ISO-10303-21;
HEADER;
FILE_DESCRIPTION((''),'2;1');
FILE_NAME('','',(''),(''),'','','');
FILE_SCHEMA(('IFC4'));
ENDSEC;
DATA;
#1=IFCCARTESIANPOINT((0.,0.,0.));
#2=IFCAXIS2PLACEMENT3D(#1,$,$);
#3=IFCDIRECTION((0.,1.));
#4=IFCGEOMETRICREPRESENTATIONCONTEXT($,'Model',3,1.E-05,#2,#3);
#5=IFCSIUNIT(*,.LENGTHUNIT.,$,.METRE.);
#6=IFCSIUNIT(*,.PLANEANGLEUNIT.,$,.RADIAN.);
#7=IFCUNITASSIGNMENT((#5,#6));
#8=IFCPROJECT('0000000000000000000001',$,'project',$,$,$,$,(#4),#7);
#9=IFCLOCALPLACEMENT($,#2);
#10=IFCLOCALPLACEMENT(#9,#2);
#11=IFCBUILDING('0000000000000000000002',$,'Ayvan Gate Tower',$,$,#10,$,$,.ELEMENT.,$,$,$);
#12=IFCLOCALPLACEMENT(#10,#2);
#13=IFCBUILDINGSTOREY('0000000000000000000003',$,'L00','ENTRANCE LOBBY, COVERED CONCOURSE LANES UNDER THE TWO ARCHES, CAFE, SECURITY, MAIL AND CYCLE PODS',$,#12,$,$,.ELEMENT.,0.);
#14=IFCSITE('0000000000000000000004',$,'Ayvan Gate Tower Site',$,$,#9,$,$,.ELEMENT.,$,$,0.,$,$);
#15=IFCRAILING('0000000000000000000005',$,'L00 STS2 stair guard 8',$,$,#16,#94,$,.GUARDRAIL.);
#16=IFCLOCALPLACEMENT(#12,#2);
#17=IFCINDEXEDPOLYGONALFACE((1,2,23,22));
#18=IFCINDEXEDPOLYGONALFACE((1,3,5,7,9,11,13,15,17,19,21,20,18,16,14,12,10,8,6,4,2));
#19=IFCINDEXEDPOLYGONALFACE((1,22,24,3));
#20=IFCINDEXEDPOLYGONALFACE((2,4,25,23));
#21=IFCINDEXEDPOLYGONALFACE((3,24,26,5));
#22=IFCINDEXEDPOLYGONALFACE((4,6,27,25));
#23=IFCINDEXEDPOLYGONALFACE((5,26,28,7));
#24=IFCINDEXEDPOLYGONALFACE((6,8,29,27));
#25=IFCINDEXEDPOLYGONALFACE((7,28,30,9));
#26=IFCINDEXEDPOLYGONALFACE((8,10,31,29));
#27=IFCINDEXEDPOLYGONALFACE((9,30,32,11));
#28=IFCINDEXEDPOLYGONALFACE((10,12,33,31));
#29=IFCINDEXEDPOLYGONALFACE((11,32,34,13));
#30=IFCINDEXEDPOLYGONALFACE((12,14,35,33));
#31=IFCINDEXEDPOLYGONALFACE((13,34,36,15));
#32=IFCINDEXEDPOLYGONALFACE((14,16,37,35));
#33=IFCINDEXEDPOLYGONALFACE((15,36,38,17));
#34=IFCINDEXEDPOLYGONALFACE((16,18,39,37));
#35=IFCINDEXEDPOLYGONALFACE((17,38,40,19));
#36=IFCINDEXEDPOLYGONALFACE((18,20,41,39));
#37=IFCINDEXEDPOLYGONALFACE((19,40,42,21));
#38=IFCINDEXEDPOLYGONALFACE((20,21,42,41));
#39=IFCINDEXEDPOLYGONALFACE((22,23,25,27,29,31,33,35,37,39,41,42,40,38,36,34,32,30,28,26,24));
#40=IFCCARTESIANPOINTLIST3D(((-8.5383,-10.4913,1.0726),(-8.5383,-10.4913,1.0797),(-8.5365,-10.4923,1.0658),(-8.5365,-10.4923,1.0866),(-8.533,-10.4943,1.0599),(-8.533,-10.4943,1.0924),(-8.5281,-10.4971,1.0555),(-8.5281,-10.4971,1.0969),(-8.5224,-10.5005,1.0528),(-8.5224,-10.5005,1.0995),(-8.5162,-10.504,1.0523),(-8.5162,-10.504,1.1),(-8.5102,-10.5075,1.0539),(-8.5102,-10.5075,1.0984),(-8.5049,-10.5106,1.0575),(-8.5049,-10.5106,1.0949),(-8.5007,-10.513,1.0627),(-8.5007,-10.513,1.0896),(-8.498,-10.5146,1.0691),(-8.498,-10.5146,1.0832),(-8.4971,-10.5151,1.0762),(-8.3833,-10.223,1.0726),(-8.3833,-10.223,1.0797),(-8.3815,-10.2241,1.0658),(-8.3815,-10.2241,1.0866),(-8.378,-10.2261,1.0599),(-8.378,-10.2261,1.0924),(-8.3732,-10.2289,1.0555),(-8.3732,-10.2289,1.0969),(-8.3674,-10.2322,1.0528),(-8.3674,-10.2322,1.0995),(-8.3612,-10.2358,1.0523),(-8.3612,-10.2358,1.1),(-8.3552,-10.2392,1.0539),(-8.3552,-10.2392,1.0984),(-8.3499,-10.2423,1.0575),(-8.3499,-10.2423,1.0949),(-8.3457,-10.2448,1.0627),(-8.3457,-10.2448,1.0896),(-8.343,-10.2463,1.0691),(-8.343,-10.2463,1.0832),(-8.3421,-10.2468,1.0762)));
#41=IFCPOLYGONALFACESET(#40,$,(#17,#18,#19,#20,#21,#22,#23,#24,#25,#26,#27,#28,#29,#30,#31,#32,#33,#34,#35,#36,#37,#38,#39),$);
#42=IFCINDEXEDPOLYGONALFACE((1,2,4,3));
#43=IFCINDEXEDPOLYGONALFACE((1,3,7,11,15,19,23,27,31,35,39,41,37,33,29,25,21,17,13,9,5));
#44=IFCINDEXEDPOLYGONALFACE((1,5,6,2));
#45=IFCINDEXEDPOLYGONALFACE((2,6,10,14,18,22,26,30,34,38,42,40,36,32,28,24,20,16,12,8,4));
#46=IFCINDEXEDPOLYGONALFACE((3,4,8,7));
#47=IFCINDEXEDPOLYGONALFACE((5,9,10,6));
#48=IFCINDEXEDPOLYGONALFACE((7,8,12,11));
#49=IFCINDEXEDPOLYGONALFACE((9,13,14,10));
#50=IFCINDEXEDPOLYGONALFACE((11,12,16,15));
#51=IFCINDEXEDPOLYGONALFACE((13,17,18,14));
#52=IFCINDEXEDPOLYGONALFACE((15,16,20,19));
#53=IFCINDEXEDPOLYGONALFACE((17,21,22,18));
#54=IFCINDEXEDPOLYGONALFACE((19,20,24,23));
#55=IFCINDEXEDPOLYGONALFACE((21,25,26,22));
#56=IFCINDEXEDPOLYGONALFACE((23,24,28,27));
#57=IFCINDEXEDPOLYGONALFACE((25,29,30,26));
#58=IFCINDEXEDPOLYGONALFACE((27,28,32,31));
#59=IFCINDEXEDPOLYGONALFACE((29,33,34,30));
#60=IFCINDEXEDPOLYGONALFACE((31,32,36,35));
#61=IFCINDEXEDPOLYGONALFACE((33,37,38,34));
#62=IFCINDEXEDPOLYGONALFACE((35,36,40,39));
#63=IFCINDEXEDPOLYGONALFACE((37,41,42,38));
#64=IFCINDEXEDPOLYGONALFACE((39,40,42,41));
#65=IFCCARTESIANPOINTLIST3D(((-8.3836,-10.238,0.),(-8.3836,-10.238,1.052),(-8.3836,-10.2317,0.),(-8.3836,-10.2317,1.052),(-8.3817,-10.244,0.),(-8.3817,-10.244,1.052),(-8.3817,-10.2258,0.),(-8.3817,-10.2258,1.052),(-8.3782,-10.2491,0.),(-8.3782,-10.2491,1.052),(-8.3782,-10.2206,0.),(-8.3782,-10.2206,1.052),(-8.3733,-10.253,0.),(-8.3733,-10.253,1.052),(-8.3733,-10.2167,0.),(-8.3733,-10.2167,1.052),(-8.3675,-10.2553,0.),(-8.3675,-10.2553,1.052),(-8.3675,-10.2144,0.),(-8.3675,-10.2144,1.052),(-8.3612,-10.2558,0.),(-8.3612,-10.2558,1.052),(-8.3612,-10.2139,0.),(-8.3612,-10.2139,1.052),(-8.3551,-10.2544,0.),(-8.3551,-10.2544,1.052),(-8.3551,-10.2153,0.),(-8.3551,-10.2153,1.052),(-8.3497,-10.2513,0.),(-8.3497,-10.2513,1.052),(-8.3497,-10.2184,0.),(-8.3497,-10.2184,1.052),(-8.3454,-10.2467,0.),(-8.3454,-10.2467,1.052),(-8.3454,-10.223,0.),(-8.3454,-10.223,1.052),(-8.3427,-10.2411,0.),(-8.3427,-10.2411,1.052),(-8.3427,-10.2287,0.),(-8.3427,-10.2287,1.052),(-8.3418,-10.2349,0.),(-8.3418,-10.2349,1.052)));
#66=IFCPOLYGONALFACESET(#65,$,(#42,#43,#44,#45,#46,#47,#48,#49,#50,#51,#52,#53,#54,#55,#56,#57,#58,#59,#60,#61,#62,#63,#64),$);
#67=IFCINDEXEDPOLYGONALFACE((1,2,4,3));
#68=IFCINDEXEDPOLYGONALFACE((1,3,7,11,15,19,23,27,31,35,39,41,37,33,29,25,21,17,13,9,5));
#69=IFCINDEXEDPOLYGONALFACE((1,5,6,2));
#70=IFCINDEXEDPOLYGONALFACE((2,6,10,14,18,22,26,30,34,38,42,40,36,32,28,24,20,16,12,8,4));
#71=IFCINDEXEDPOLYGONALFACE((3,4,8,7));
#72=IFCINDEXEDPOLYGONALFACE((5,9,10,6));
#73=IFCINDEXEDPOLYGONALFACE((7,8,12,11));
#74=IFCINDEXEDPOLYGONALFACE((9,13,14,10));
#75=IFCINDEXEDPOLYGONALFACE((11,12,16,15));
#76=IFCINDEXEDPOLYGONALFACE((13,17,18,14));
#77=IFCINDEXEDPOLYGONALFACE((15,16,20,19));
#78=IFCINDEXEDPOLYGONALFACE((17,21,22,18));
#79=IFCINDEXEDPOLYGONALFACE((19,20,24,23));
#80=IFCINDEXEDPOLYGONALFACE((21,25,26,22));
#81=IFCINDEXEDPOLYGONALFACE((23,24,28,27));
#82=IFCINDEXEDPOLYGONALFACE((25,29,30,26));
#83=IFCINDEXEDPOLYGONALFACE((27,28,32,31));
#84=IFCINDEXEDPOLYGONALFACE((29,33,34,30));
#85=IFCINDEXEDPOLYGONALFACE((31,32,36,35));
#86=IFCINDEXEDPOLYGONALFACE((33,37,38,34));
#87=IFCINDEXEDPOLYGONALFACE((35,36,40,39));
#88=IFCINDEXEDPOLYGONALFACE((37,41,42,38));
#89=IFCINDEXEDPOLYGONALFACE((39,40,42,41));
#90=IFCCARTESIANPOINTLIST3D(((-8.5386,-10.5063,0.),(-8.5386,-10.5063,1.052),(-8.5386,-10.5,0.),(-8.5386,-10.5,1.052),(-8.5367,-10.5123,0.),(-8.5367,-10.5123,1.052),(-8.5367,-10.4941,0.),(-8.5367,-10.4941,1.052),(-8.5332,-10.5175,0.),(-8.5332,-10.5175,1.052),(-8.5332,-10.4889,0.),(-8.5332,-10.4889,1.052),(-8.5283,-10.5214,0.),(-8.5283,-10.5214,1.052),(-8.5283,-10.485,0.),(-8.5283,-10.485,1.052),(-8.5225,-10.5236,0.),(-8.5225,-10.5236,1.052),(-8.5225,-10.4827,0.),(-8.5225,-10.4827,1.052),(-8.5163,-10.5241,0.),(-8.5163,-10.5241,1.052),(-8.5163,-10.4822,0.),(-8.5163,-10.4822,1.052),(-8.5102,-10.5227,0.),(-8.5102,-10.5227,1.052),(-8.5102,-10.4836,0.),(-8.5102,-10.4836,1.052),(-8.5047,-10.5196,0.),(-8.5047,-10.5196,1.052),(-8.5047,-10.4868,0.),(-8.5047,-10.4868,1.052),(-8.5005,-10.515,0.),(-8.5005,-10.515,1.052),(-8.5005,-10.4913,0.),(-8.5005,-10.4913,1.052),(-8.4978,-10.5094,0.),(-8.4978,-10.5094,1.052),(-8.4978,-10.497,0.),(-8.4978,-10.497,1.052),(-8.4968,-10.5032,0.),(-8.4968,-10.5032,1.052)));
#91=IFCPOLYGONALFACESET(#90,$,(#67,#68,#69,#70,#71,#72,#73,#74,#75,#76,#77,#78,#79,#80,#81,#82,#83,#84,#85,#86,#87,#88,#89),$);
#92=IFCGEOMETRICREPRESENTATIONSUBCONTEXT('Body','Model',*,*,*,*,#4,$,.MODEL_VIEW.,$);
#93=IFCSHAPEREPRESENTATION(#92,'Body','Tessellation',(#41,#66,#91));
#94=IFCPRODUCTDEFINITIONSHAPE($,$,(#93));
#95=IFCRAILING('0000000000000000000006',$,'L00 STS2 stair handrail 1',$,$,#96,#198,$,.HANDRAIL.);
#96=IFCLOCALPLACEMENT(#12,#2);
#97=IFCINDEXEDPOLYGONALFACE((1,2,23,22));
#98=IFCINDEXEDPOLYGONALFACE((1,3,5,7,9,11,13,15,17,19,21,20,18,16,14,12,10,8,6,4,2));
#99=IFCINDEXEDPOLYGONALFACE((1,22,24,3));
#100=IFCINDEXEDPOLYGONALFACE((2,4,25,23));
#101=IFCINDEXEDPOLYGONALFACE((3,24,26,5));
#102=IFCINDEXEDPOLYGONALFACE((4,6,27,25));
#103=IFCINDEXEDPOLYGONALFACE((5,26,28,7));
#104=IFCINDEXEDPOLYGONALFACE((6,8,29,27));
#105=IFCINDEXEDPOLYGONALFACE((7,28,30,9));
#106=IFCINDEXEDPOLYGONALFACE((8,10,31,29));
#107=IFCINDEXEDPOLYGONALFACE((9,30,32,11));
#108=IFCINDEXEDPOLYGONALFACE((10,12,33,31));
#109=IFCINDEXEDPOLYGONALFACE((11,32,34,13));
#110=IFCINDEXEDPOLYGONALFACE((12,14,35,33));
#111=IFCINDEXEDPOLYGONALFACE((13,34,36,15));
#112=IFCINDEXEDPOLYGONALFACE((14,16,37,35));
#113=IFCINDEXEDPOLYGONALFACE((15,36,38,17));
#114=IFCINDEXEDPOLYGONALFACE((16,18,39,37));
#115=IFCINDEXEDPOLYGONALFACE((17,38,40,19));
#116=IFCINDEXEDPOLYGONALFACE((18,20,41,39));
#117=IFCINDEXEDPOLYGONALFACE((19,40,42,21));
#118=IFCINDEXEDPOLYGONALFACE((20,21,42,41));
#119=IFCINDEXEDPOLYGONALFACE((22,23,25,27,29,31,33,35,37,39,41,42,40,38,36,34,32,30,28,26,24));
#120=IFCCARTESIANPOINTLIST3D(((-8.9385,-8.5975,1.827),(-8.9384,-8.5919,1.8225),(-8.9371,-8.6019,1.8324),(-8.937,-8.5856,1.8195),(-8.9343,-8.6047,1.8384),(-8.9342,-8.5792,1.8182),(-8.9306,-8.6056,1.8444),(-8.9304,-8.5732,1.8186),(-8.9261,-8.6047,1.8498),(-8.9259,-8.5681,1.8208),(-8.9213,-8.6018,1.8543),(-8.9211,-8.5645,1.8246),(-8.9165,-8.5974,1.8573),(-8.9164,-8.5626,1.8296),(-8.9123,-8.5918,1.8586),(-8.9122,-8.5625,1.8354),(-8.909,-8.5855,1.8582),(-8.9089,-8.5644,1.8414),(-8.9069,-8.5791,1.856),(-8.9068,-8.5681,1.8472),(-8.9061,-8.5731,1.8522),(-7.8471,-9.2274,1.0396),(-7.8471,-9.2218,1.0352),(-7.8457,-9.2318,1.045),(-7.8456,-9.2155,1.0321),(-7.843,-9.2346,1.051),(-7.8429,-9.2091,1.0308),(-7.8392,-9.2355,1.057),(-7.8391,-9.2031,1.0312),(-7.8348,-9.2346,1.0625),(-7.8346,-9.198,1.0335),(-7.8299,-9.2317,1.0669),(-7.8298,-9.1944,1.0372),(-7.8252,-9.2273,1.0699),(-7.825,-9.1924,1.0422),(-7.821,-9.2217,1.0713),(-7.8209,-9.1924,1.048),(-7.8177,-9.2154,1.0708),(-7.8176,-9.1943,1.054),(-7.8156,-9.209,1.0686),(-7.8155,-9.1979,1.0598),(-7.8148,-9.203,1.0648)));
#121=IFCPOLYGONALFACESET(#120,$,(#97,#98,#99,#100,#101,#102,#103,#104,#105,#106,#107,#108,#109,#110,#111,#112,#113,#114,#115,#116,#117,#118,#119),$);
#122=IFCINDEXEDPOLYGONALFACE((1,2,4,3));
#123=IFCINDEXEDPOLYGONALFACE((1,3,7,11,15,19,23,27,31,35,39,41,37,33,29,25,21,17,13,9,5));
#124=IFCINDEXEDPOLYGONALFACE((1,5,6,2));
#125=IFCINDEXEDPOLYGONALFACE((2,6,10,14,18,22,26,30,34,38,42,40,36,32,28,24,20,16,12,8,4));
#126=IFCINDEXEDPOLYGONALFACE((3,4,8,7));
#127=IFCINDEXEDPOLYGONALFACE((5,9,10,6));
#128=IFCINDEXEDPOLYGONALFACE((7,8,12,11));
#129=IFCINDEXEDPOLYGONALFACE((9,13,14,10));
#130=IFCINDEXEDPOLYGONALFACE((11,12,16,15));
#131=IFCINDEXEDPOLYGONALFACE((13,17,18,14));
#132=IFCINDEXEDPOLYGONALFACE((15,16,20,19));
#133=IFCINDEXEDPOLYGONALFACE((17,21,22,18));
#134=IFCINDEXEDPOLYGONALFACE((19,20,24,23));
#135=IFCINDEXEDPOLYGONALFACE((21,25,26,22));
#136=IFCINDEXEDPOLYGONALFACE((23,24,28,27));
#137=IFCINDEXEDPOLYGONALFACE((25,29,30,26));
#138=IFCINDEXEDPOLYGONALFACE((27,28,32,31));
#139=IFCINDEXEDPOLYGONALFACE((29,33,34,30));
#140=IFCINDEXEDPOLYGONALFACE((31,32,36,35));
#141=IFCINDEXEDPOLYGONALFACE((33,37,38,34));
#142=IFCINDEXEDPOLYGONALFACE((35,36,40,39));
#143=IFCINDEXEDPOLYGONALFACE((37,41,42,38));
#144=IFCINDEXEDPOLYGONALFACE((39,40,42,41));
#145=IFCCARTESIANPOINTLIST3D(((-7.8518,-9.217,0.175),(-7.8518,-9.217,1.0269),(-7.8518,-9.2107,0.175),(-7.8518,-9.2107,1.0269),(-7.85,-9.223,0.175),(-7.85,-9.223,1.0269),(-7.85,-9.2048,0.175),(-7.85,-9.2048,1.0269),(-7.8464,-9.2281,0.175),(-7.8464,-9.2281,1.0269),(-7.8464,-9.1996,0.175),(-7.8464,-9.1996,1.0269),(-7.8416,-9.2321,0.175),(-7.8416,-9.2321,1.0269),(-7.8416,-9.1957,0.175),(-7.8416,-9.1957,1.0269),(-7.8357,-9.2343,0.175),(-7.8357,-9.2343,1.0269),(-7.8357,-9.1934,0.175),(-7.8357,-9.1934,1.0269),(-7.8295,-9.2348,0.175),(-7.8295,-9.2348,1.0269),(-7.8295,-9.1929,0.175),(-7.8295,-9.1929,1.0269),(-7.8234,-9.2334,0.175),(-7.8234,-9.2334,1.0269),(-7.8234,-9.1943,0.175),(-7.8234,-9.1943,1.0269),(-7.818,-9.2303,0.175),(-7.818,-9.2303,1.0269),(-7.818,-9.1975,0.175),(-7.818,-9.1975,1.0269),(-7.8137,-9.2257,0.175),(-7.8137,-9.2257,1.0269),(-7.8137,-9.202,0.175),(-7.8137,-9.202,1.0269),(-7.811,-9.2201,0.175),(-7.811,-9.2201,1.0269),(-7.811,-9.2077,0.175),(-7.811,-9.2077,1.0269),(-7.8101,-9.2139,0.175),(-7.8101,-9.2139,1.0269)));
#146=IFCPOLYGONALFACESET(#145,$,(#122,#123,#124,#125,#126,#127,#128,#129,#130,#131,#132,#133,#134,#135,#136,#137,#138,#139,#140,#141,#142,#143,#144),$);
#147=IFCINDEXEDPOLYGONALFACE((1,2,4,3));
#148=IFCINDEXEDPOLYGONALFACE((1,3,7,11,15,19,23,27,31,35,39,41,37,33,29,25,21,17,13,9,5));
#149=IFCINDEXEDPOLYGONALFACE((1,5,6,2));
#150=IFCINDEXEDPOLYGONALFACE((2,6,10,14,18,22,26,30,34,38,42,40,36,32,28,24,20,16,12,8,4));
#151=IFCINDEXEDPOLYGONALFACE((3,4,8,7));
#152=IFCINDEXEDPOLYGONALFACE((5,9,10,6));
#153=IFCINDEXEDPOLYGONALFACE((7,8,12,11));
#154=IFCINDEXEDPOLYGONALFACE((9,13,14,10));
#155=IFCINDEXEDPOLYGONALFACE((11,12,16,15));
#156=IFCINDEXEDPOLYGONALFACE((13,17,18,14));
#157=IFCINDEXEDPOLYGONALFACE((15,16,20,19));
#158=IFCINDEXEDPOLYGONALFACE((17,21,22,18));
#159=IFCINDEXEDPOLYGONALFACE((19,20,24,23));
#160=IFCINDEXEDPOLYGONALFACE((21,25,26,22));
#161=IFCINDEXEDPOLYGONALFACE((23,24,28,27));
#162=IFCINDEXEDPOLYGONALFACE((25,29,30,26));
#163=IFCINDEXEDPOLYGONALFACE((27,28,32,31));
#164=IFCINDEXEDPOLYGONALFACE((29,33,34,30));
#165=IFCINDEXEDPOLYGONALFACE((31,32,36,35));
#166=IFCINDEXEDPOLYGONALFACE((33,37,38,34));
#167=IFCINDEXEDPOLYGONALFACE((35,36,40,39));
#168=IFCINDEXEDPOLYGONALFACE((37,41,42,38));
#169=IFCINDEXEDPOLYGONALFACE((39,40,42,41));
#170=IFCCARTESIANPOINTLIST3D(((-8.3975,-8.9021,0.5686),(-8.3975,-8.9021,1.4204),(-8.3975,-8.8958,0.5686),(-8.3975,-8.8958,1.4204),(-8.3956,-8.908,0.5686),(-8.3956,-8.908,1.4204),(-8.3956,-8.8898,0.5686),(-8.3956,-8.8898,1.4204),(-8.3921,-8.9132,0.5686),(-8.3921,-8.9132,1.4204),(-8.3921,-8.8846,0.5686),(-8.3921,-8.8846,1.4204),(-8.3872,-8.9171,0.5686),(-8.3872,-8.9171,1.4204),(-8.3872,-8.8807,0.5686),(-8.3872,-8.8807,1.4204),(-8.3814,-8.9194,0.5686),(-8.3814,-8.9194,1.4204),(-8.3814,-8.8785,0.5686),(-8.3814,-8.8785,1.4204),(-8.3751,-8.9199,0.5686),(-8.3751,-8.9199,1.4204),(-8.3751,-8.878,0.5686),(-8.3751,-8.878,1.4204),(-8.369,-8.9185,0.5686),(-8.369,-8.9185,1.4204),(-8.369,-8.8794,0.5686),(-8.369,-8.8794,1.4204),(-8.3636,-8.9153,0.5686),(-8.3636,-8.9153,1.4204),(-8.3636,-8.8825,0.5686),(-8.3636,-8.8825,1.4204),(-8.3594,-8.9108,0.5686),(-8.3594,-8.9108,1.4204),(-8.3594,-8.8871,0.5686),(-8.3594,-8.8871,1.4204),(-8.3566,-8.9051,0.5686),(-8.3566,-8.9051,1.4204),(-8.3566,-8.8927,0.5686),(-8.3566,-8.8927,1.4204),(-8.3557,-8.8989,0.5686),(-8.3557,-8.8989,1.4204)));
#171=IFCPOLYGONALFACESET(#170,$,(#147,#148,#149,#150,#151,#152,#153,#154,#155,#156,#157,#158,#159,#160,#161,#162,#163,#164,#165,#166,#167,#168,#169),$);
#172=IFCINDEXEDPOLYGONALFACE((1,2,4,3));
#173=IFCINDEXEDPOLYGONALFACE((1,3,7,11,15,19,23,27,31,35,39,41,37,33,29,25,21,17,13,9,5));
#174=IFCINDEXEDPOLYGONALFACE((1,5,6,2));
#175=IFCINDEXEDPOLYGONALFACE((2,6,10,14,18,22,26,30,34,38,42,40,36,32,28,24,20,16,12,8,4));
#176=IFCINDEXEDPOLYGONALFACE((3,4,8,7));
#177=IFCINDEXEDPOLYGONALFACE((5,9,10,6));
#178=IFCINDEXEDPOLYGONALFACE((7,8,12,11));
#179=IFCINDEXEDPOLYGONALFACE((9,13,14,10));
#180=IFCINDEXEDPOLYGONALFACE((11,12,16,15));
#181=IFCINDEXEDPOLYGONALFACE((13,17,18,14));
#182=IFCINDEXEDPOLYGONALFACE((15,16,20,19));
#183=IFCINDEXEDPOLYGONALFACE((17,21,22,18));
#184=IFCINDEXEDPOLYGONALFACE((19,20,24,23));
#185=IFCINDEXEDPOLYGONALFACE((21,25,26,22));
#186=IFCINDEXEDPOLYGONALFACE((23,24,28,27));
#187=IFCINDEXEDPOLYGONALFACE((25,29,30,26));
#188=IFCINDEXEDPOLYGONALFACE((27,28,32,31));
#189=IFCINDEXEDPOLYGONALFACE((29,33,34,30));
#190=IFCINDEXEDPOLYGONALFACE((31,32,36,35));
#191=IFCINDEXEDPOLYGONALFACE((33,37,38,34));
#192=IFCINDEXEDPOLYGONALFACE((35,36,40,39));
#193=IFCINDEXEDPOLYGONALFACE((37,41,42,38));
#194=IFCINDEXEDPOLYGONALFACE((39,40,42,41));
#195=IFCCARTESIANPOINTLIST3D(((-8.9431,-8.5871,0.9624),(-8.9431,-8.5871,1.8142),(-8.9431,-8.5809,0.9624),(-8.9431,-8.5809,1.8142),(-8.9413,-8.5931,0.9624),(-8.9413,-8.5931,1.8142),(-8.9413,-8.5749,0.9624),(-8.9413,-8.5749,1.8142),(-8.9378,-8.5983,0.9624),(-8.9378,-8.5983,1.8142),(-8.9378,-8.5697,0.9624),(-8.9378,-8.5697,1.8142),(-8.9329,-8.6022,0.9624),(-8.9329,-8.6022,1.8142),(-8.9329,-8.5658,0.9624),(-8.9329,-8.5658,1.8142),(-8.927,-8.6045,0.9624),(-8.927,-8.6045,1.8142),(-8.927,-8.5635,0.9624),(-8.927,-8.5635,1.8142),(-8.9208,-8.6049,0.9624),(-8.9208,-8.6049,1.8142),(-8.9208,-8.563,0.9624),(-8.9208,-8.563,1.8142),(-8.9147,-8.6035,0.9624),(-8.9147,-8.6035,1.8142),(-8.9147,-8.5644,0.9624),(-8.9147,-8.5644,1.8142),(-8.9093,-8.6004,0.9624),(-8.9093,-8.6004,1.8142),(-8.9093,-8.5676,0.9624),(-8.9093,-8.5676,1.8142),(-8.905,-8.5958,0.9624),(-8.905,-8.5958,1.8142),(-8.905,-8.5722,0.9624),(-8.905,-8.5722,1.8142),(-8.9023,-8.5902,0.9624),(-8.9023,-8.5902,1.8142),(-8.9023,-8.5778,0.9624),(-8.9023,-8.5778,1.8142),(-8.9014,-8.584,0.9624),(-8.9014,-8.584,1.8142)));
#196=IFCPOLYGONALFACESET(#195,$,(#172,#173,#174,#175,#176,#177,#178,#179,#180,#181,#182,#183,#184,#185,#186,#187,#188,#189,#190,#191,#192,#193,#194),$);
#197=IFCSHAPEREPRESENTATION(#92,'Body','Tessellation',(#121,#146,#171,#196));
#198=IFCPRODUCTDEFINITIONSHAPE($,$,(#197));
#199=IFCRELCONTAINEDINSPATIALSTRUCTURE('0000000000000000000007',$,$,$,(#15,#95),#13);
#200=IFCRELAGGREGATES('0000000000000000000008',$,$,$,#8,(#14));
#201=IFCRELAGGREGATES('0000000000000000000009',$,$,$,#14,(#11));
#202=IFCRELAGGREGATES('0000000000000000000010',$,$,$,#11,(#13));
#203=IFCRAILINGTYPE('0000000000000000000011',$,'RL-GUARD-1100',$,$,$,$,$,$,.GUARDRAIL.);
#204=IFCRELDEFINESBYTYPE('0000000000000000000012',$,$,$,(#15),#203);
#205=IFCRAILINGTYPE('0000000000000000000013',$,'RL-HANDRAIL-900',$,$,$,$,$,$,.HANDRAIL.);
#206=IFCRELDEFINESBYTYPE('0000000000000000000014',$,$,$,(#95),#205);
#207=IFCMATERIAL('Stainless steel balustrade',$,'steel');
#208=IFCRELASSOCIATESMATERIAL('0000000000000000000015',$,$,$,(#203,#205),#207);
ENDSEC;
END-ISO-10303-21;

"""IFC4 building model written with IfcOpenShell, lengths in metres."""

from ifc_helpers import new_model, si_unit, direction, frame, origin, origin_2d, place, context, subcontext, project, spatial, circle, extrude, material, type_object, element, save


model = new_model("IFC4")

# Units and contexts
model_context = context("Model", 3, precision=1e-05, world=origin(), true_north=direction((0.0, 1.0)))
body_context = subcontext(model_context, "Body", "Model", "MODEL_VIEW")
ifc_project = project(units=[si_unit("LENGTHUNIT", "METRE"), si_unit("PLANEANGLEUNIT", "RADIAN")], contexts=[model_context])

# Site, building, storey
site_placement = place(None, origin())
site = spatial("IfcSite", under=ifc_project, at=site_placement, Name="Ayvan Gate Tower Site", CompositionType="ELEMENT", RefElevation=0.0)
building_placement = place(site_placement, origin())
building = spatial("IfcBuilding", under=site, at=building_placement, Name="Ayvan Gate Tower", CompositionType="ELEMENT")
storey_placement = place(building_placement, origin())
storey = spatial("IfcBuildingStorey", under=building, at=storey_placement, Name="L00", Description="ENTRANCE LOBBY, COVERED CONCOURSE LANES UNDER THE TWO ARCHES, CAFE, SECURITY, MAIL AND CYCLE PODS", CompositionType="ELEMENT", Elevation=0.0)

# Railings
ifc_material_1 = material(Name="Stainless steel balustrade", Category="steel")
railing_type_1 = type_object("IfcRailingType", Name="RL-GUARD-1100", PredefinedType="GUARDRAIL", material=ifc_material_1)
railing_1_placement = place(storey_placement, frame((-8.3628, -10.2349, 0.0)))
element("IfcRailing", 1, at=railing_1_placement, inside=storey, type_object=railing_type_1, Name="L00 STS2 stair guard 8", PredefinedType="GUARDRAIL", context=body_context, shape_type="SweptSolid", body=[
    extrude(circle(Radius=0.0239, at=origin_2d()), frame((0.0, 0.0, 1.0762), z_axis=(-0.500291, -0.865857, 0.0), x_axis=(0.865857, -0.500291, 0.0)), (0.0, 0.0, 1.0), 0.3098),
    extrude(circle(Radius=0.021, at=origin_2d()), origin(), (0.0, 0.0, 1.0), 1.052),
    extrude(circle(Radius=0.021, at=origin_2d()), frame((-0.155, -0.2683, 0.0)), (0.0, 0.0, 1.0), 1.052),
])
railing_type_2 = type_object("IfcRailingType", Name="RL-HANDRAIL-900", PredefinedType="HANDRAIL", material=ifc_material_1)
railing_2_placement = place(storey_placement, frame((-7.8311, -9.2139, 0.175)))
element("IfcRailing", 2, at=railing_2_placement, inside=storey, type_object=railing_type_2, Name="L00 STS2 stair handrail 1", PredefinedType="HANDRAIL", context=body_context, shape_type="SweptSolid", body=[
    extrude(circle(Radius=0.0239, at=origin_2d()), frame((0.0, 0.0, 0.876), z_axis=(-0.734487, 0.423932, 0.529915), x_axis=(-0.49989, -0.866089, 0.0)), (0.0, 0.0, 1.0), 1.4858),
    extrude(circle(Radius=0.021, at=origin_2d()), origin(), (0.0, 0.0, 1.0), 0.8518),
    extrude(circle(Radius=0.021, at=origin_2d()), frame((-0.5457, 0.3149, 0.3936)), (0.0, 0.0, 1.0), 0.8518),
    extrude(circle(Radius=0.021, at=origin_2d()), frame((-1.0913, 0.6299, 0.7874)), (0.0, 0.0, 1.0), 0.8518),
])

save(model, "model.ifc")
